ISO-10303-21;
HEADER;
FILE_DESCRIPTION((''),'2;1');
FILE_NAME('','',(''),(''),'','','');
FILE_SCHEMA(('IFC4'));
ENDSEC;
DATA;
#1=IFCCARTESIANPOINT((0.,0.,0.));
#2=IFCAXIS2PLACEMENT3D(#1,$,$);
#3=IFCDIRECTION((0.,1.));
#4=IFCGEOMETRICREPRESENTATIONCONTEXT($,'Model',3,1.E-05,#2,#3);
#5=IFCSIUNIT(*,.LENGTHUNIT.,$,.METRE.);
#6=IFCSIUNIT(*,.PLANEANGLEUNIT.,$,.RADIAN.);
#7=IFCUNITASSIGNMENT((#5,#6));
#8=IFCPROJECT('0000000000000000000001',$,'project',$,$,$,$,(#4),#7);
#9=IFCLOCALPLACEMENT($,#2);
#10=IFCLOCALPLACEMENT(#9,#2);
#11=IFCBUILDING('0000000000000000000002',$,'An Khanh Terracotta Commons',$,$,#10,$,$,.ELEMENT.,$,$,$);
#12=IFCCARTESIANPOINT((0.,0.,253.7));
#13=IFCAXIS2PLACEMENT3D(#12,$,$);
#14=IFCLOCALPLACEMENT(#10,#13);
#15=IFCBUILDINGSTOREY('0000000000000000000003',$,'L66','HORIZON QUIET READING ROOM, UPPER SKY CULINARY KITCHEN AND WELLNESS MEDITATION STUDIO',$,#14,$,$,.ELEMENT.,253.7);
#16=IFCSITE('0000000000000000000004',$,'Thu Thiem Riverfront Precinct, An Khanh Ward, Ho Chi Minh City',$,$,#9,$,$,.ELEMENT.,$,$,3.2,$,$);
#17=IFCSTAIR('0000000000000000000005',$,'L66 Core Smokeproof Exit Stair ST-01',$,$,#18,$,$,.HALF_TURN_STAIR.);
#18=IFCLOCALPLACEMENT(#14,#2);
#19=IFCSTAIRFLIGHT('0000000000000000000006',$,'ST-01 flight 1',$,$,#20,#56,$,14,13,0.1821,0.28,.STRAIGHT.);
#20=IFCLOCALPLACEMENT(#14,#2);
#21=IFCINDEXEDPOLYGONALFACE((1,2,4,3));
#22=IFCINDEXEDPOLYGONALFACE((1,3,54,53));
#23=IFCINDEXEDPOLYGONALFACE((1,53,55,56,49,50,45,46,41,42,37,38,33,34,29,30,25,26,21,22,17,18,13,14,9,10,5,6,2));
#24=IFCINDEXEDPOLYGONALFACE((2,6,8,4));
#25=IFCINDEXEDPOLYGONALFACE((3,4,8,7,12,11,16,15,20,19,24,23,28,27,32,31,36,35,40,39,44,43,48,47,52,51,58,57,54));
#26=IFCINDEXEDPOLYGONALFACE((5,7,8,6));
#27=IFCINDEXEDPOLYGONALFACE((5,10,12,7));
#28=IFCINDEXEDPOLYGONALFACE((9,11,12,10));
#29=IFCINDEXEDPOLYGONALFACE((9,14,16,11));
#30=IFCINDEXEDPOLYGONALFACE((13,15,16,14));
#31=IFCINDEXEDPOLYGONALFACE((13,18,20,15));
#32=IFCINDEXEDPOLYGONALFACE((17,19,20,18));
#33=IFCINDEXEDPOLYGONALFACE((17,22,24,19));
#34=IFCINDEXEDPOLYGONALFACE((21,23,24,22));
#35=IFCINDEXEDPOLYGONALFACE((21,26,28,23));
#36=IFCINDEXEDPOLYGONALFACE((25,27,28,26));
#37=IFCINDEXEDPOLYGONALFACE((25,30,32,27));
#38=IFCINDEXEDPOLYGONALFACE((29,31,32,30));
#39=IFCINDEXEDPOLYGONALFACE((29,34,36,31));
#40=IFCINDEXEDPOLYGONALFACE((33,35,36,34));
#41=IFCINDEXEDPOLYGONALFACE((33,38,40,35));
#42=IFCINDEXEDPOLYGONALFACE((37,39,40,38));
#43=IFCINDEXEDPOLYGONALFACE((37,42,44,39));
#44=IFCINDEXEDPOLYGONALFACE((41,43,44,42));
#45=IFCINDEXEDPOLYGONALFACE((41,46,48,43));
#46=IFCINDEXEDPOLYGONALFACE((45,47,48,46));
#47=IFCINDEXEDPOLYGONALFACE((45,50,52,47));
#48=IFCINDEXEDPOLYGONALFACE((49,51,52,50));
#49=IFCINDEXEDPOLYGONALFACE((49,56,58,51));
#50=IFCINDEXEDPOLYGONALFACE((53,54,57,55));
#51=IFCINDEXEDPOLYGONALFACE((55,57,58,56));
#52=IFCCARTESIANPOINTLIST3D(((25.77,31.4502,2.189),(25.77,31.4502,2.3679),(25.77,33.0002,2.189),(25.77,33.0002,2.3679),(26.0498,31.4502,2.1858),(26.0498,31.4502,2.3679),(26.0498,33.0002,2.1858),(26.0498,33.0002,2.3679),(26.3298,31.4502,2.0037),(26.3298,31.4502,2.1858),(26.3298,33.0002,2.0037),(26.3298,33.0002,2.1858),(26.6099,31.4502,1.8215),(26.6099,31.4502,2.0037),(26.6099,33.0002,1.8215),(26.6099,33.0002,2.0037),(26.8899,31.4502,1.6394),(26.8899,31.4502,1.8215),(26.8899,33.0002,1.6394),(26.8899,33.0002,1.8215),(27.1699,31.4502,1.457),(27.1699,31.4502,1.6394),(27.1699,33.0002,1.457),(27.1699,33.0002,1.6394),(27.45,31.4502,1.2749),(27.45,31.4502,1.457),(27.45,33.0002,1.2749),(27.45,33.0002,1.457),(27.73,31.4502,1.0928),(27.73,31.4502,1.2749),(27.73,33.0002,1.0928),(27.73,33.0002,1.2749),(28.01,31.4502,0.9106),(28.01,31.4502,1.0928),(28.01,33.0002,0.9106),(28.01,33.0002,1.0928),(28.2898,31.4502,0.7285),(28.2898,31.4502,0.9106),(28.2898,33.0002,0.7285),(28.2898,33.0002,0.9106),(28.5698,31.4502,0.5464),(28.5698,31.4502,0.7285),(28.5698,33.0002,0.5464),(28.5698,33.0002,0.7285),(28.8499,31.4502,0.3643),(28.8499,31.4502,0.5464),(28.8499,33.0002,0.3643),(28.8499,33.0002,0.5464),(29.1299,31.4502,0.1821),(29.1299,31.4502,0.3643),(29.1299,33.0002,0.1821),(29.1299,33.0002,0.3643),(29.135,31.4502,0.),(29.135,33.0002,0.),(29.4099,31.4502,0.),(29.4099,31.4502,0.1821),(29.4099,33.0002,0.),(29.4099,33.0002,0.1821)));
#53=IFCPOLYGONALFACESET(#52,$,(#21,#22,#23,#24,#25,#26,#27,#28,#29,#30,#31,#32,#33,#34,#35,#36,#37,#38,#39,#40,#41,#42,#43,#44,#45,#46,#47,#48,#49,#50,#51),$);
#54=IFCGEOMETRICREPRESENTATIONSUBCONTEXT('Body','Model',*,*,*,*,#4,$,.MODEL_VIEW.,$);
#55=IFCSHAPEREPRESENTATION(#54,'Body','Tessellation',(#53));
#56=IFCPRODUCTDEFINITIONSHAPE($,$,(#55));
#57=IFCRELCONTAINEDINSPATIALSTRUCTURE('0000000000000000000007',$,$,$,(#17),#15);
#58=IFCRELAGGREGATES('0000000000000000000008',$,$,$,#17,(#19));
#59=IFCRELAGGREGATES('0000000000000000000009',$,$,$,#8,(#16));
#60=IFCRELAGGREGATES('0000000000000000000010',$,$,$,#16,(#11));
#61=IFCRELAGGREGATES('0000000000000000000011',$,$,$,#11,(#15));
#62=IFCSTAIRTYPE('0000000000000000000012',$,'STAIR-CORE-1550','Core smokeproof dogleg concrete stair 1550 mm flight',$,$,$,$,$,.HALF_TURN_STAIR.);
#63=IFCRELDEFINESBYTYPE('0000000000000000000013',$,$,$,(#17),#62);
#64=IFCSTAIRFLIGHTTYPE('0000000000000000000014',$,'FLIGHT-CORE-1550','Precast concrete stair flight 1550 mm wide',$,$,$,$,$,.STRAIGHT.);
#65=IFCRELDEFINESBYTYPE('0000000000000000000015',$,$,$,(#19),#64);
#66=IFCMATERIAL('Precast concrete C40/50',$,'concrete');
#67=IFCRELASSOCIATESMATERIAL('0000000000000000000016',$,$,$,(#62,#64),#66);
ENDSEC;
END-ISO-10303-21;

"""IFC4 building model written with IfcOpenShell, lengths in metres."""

from ifc_helpers import new_model, si_unit, direction, frame, origin, place, context, subcontext, project, spatial, polyline, outline, extrude, material, type_object, element, aggregate, save


model = new_model("IFC4")

# Units and contexts
model_context = context("Model", 3, precision=1e-05, world=origin(), true_north=direction((0.0, 1.0)))
body_context = subcontext(model_context, "Body", "Model", "MODEL_VIEW")
ifc_project = project(units=[si_unit("LENGTHUNIT", "METRE"), si_unit("PLANEANGLEUNIT", "RADIAN")], contexts=[model_context])

# Site, building, storey
site_placement = place(None, origin())
site = spatial("IfcSite", under=ifc_project, at=site_placement, Name="Thu Thiem Riverfront Precinct, An Khanh Ward, Ho Chi Minh City", CompositionType="ELEMENT", RefElevation=3.2)
building_placement = place(site_placement, origin())
building = spatial("IfcBuilding", under=site, at=building_placement, Name="An Khanh Terracotta Commons", CompositionType="ELEMENT")
storey_placement = place(building_placement, frame((0.0, 0.0, 253.7)))
storey = spatial("IfcBuildingStorey", under=building, at=storey_placement, Name="L66", Description="HORIZON QUIET READING ROOM, UPPER SKY CULINARY KITCHEN AND WELLNESS MEDITATION STUDIO", CompositionType="ELEMENT", Elevation=253.7)

# Shared definitions
ifc_material_1 = material(Name="Precast concrete C40/50", Category="concrete")

# Stair, stair flight
stair_type = type_object("IfcStairType", Name="STAIR-CORE-1550", Description="Core smokeproof dogleg concrete stair 1550 mm flight", PredefinedType="HALF_TURN_STAIR", material=ifc_material_1)
stair_placement = place(storey_placement, origin())
stair = element("IfcStair", 1, at=stair_placement, inside=storey, type_object=stair_type, Name="L66 Core Smokeproof Exit Stair ST-01", PredefinedType="HALF_TURN_STAIR")
stair_flight_type = type_object("IfcStairFlightType", Name="FLIGHT-CORE-1550", Description="Precast concrete stair flight 1550 mm wide", PredefinedType="STRAIGHT", material=ifc_material_1)
stair_flight_placement = place(storey_placement, frame((29.4099, 32.2251, 0.0), z_axis=(0.0, 0.0, 1.0), x_axis=(-1.0, 0.0, 0.0)))
stair_flight = element("IfcStairFlight", 2, at=stair_flight_placement, type_object=stair_flight_type, Name="ST-01 flight 1", NumberOfRisers=14, NumberOfTreads=13, PredefinedType="STRAIGHT", RiserHeight=0.1821, TreadLength=0.28, context=body_context, shape_type="SweptSolid", body=[
    extrude(outline(polyline([(0.0, 0.0), (0.0, 0.1821), (0.28, 0.1821), (0.28, 0.3643), (0.5601, 0.3643), (0.5601, 0.5464), (0.8401, 0.5464), (0.8401, 0.7285), (1.1201, 0.7285), (1.1201, 0.9106), (1.3999, 0.9106), (1.3999, 1.0928), (1.6799, 1.0928), (1.6799, 1.2749), (1.96, 1.2749), (1.96, 1.457), (2.24, 1.457), (2.24, 1.6394), (2.52, 1.6394), (2.52, 1.8215), (2.8, 1.8215), (2.8, 2.0037), (3.0801, 2.0037), (3.0801, 2.1858), (3.3601, 2.1858), (3.3601, 2.3679), (3.6399, 2.3679), (3.6399, 2.55), (3.6399, 2.189), (0.2749, 0.0), (0.0, 0.0)])), frame((0.0, 0.7749, 0.0), z_axis=(0.0, -1.0, 0.0), x_axis=(1.0, 0.0, 0.0)), (0.0, 0.0, 1.0), 1.55),
])
aggregate(stair, [stair_flight])

save(model, "model.ifc")
